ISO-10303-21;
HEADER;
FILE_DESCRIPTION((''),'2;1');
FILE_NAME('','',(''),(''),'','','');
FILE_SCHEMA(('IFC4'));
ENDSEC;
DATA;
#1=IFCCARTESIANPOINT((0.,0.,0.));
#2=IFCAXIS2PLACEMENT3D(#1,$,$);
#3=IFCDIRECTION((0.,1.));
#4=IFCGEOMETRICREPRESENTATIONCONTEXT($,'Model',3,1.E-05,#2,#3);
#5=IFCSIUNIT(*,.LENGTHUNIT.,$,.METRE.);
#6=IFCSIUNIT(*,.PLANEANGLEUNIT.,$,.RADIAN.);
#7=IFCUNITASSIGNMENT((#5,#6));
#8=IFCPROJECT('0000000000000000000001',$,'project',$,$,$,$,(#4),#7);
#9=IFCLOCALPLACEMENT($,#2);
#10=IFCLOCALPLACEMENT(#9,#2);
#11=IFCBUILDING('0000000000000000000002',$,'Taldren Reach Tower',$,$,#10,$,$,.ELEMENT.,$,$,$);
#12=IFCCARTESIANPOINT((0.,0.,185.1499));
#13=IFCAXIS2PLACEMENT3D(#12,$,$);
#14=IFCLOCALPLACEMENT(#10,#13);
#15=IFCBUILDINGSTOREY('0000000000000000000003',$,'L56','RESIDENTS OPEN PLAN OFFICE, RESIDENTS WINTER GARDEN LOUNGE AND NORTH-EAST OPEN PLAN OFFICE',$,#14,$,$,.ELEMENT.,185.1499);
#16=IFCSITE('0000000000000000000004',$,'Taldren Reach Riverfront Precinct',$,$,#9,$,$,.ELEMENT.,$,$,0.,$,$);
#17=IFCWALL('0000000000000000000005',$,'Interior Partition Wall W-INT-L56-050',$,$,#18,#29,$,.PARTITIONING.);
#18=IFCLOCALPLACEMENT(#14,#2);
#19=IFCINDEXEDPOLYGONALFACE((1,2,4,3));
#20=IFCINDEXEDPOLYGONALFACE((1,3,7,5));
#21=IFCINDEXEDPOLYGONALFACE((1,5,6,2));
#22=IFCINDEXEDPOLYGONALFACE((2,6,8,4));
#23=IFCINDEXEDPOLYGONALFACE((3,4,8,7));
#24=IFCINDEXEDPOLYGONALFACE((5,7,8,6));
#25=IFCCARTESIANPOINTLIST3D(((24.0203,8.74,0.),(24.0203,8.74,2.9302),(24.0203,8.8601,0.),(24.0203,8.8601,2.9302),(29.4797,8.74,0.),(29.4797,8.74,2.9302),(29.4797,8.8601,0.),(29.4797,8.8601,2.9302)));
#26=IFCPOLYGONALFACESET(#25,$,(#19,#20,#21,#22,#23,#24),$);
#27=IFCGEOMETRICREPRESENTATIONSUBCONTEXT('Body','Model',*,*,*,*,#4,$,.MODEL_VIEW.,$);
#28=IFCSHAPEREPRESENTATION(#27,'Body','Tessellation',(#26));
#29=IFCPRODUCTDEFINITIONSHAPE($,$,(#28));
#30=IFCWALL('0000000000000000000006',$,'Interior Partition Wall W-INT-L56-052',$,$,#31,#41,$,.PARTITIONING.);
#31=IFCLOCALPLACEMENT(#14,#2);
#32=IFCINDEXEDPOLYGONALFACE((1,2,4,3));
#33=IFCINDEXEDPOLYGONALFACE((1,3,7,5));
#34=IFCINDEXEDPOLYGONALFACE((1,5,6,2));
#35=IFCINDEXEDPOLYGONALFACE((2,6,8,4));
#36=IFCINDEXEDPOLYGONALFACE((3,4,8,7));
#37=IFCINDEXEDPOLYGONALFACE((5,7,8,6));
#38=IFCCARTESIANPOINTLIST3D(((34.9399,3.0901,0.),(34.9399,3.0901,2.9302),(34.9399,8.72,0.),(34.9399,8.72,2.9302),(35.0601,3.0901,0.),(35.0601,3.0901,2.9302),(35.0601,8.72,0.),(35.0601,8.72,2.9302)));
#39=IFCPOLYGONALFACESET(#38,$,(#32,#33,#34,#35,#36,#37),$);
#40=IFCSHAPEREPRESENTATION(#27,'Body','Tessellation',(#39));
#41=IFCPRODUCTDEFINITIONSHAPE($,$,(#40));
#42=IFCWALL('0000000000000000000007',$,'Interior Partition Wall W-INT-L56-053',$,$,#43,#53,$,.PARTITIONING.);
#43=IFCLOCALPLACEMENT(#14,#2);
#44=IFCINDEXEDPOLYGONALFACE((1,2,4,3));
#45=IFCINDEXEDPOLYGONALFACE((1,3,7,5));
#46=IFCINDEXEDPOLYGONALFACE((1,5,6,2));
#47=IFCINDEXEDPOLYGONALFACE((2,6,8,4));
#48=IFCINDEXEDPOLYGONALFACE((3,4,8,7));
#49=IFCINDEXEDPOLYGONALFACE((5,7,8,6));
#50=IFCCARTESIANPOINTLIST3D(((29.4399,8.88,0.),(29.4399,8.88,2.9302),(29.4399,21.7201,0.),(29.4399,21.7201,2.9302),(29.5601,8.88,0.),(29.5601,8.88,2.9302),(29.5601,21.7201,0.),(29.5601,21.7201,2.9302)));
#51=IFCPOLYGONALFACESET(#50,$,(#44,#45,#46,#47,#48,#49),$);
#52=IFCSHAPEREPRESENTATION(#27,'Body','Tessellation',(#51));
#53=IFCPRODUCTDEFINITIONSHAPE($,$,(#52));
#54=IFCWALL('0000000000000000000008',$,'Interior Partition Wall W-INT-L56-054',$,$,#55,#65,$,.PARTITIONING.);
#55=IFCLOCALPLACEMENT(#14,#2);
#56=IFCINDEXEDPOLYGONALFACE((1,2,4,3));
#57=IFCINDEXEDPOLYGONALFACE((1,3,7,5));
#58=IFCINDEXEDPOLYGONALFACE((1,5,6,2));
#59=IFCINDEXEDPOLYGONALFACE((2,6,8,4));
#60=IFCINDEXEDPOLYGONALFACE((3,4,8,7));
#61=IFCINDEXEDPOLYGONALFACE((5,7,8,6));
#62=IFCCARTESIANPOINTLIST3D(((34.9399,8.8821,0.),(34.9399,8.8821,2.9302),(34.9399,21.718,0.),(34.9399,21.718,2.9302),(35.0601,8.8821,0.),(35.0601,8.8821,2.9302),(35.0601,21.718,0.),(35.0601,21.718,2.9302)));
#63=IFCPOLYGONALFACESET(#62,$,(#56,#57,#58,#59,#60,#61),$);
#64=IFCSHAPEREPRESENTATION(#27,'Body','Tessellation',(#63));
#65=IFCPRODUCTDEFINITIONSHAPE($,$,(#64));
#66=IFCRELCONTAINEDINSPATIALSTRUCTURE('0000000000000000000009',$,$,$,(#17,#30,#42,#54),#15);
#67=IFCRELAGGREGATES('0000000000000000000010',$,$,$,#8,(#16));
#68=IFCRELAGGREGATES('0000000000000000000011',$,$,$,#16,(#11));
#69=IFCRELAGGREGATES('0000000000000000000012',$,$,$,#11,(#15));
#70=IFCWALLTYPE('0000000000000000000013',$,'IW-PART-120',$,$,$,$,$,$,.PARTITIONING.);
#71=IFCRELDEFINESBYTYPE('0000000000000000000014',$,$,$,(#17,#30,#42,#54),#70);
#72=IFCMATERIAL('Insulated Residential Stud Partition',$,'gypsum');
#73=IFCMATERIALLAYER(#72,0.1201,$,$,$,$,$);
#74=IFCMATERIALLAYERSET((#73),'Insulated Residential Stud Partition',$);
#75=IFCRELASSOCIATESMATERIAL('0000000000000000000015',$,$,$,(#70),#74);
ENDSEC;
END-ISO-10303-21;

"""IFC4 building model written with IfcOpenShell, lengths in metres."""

from ifc_helpers import new_model, si_unit, direction, frame, frame_2d, origin, place, context, subcontext, project, spatial, rectangle, extrude, source, transform, mapped, material, layer, layer_set, type_object, element, save


model = new_model("IFC4")

# Units and contexts
model_context = context("Model", 3, precision=1e-05, world=origin(), true_north=direction((0.0, 1.0)))
body_context = subcontext(model_context, "Body", "Model", "MODEL_VIEW")
ifc_project = project(units=[si_unit("LENGTHUNIT", "METRE"), si_unit("PLANEANGLEUNIT", "RADIAN")], contexts=[model_context])

# Site, building, storey
site_placement = place(None, origin())
site = spatial("IfcSite", under=ifc_project, at=site_placement, Name="Taldren Reach Riverfront Precinct", CompositionType="ELEMENT", RefElevation=0.0)
building_placement = place(site_placement, origin())
building = spatial("IfcBuilding", under=site, at=building_placement, Name="Taldren Reach Tower", CompositionType="ELEMENT")
storey_placement = place(building_placement, frame((0.0, 0.0, 185.1499)))
storey = spatial("IfcBuildingStorey", under=building, at=storey_placement, Name="L56", Description="RESIDENTS OPEN PLAN OFFICE, RESIDENTS WINTER GARDEN LOUNGE AND NORTH-EAST OPEN PLAN OFFICE", CompositionType="ELEMENT", Elevation=185.1499)

# Shared definitions
ifc_material_1 = material(Name="Insulated Residential Stud Partition", Category="gypsum")
ifc_layer_1 = layer(ifc_material_1, 0.1201)
ifc_layer_set_1 = layer_set([ifc_layer_1], Name="Insulated Residential Stud Partition")
wall_type_1 = type_object("IfcWallType", Name="IW-PART-120", PredefinedType="PARTITIONING", material=ifc_layer_set_1)

# Walls
shared_shape_1 = source(origin(), body_context, "Body", "SweptSolid", [
    extrude(rectangle(XDim=5.4595, YDim=0.1201, at=frame_2d((2.7297, 0.0))), origin(), (0.0, 0.0, 1.0), 2.9302),
])
wall_1_placement = place(storey_placement, frame((24.0203, 8.8, 0.0), z_axis=(0.0, 0.0, 1.0), x_axis=(1.0, 0.0, 0.0)))
element("IfcWall", 1, at=wall_1_placement, inside=storey, type_object=wall_type_1, Name="Interior Partition Wall W-INT-L56-050", PredefinedType="PARTITIONING", context=body_context, shape_type="MappedRepresentation", body=[
    mapped(shared_shape_1, transform((0.0, 0.0, 0.0), scale=1.0)),
])
shared_shape_2 = source(origin(), body_context, "Body", "SweptSolid", [
    extrude(rectangle(XDim=5.6299, YDim=0.1201, at=frame_2d((2.8149, 0.0))), origin(), (0.0, 0.0, 1.0), 2.9302),
])
wall_2_placement = place(storey_placement, frame((35.0, 8.72, 0.0), z_axis=(0.0, 0.0, 1.0), x_axis=(0.0, -1.0, 0.0)))
element("IfcWall", 2, at=wall_2_placement, inside=storey, type_object=wall_type_1, Name="Interior Partition Wall W-INT-L56-052", PredefinedType="PARTITIONING", context=body_context, shape_type="MappedRepresentation", body=[
    mapped(shared_shape_2, transform((0.0, 0.0, 0.0), scale=1.0)),
])
shared_shape_3 = source(origin(), body_context, "Body", "SweptSolid", [
    extrude(rectangle(XDim=12.8401, YDim=0.1201, at=frame_2d((6.4199, 0.0))), origin(), (0.0, 0.0, 1.0), 2.9302),
])
wall_3_placement = place(storey_placement, frame((29.5, 21.72, 0.0), z_axis=(0.0, 0.0, 1.0), x_axis=(0.0, -1.0, 0.0)))
element("IfcWall", 3, at=wall_3_placement, inside=storey, type_object=wall_type_1, Name="Interior Partition Wall W-INT-L56-053", PredefinedType="PARTITIONING", context=body_context, shape_type="MappedRepresentation", body=[
    mapped(shared_shape_3, transform((0.0, 0.0, 0.0), scale=1.0)),
])
shared_shape_4 = source(origin(), body_context, "Body", "SweptSolid", [
    extrude(rectangle(XDim=12.8359, YDim=0.1201, at=frame_2d((6.418, 0.0))), origin(), (0.0, 0.0, 1.0), 2.9302),
])
wall_4_placement = place(storey_placement, frame((35.0, 21.718, 0.0), z_axis=(0.0, 0.0, 1.0), x_axis=(0.0, -1.0, 0.0)))
element("IfcWall", 4, at=wall_4_placement, inside=storey, type_object=wall_type_1, Name="Interior Partition Wall W-INT-L56-054", PredefinedType="PARTITIONING", context=body_context, shape_type="MappedRepresentation", body=[
    mapped(shared_shape_4, transform((0.0, 0.0, 0.0), scale=1.0)),
])

save(model, "model.ifc")
